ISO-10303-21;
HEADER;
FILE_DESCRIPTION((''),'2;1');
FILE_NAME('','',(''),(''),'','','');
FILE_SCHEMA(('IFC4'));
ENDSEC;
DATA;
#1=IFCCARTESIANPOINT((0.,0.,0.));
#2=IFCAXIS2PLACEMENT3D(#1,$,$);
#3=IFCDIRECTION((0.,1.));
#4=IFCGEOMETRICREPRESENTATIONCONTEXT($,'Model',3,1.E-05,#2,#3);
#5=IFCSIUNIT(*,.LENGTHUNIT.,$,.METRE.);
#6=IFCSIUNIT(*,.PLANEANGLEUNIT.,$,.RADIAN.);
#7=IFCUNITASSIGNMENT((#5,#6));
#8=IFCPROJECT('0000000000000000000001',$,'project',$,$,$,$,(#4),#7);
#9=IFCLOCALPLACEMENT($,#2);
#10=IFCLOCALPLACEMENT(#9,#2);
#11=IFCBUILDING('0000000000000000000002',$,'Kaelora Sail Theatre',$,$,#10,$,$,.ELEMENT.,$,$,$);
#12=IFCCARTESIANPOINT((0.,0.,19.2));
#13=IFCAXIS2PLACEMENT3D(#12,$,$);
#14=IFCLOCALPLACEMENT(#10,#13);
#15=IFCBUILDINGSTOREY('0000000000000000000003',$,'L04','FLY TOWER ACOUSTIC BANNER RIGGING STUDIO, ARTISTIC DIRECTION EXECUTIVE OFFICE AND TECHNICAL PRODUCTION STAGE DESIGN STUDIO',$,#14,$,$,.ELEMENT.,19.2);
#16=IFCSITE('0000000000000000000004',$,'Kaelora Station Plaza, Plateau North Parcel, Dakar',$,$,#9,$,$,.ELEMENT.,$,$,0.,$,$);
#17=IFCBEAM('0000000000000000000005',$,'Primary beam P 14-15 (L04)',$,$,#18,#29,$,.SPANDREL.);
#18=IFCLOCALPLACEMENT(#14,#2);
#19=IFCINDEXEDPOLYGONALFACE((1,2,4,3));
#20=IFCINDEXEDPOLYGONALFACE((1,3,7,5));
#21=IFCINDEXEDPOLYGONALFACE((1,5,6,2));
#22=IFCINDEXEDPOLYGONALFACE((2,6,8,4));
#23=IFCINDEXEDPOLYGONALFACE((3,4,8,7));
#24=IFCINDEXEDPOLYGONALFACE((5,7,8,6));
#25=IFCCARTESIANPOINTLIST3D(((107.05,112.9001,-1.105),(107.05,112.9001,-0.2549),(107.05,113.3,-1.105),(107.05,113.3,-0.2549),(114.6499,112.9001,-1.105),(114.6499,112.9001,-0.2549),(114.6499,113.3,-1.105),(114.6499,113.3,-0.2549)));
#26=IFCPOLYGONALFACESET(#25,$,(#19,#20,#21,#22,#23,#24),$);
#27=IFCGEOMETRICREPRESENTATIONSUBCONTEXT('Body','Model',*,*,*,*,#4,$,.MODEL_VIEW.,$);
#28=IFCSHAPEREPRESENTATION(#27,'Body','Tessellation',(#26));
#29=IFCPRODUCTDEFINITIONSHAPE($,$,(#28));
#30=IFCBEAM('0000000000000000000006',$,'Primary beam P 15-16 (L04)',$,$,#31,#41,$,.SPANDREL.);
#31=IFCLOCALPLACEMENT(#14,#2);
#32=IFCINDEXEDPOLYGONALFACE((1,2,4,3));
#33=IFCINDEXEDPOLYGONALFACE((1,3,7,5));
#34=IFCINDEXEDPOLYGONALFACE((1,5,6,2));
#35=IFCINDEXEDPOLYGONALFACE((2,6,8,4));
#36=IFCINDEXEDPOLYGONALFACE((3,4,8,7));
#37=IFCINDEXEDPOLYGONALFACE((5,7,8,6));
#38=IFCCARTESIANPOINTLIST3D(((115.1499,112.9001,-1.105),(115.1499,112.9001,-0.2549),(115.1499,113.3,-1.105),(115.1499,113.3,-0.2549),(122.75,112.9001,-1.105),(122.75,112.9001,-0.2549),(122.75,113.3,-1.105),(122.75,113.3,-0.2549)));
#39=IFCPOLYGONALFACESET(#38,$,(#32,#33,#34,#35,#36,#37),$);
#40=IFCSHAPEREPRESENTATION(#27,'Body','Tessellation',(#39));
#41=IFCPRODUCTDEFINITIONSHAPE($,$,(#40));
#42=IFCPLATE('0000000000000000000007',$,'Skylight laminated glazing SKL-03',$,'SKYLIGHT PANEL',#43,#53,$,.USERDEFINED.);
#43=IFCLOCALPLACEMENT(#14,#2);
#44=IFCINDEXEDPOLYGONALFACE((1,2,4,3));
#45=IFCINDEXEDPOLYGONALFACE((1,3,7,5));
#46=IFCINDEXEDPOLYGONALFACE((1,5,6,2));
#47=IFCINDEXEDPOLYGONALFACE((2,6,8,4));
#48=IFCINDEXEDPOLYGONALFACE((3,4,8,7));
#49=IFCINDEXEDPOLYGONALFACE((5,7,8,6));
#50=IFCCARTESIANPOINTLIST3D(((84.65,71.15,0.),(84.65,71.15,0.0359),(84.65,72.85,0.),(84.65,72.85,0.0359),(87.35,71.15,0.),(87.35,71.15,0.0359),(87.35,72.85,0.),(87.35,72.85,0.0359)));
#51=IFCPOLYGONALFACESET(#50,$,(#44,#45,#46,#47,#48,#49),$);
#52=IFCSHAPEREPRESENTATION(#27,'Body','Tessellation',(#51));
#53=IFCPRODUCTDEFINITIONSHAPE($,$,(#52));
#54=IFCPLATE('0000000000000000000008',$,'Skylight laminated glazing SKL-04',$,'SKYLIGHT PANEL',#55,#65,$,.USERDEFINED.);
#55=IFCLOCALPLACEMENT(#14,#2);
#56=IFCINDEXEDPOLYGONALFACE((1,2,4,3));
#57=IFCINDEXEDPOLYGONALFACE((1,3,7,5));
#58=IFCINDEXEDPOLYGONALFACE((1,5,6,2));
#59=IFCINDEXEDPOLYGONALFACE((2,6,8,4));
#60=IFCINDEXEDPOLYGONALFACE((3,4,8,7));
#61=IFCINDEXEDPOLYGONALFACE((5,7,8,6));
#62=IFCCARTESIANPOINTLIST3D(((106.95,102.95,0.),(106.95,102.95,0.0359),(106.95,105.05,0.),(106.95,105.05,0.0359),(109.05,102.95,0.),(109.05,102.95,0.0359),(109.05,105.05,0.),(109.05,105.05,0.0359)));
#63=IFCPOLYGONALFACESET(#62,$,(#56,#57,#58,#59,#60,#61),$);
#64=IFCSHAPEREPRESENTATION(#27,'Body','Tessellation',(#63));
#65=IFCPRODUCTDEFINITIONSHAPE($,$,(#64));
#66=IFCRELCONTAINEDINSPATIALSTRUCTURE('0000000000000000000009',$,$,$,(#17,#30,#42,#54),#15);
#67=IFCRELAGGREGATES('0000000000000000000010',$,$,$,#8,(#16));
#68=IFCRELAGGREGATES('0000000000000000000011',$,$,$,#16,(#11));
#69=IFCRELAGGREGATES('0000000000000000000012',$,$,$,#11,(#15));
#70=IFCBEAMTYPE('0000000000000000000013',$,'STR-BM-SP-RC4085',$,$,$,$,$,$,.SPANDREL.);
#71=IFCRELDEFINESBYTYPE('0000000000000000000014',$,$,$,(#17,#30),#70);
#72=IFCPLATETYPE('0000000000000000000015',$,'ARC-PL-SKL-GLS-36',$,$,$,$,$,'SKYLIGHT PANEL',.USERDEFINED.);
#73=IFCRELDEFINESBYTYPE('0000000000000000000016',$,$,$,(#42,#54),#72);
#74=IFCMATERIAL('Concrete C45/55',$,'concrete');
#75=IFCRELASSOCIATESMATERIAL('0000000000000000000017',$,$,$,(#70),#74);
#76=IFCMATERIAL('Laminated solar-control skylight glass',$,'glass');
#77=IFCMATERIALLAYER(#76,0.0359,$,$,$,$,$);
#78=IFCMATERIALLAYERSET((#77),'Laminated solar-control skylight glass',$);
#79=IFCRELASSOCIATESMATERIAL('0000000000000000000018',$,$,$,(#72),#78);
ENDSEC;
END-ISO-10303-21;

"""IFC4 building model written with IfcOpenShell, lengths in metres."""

from ifc_helpers import new_model, si_unit, direction, frame, origin, origin_2d, place, context, subcontext, project, spatial, rectangle, extrude, material, layer, layer_set, material_profile, profile_set, type_object, element, save


model = new_model("IFC4")

# Units and contexts
model_context = context("Model", 3, precision=1e-05, world=origin(), true_north=direction((0.0, 1.0)))
body_context = subcontext(model_context, "Body", "Model", "MODEL_VIEW")
ifc_project = project(units=[si_unit("LENGTHUNIT", "METRE"), si_unit("PLANEANGLEUNIT", "RADIAN")], contexts=[model_context])

# Site, building, storey
site_placement = place(None, origin())
site = spatial("IfcSite", under=ifc_project, at=site_placement, Name="Kaelora Station Plaza, Plateau North Parcel, Dakar", CompositionType="ELEMENT", RefElevation=0.0)
building_placement = place(site_placement, origin())
building = spatial("IfcBuilding", under=site, at=building_placement, Name="Kaelora Sail Theatre", CompositionType="ELEMENT")
storey_placement = place(building_placement, frame((0.0, 0.0, 19.2)))
storey = spatial("IfcBuildingStorey", under=building, at=storey_placement, Name="L04", Description="FLY TOWER ACOUSTIC BANNER RIGGING STUDIO, ARTISTIC DIRECTION EXECUTIVE OFFICE AND TECHNICAL PRODUCTION STAGE DESIGN STUDIO", CompositionType="ELEMENT", Elevation=19.2)

# Beams
ifc_material_1 = material(Name="Concrete C45/55", Category="concrete")
ifc_material_profile_1 = material_profile(ifc_material_1, rectangle(XDim=0.3999, YDim=0.8501, at=origin_2d()), Name="RC-SPN 400x850")
ifc_profile_set_1 = profile_set([ifc_material_profile_1], Name="Concrete C45/55")
beam_type_1 = type_object("IfcBeamType", Name="STR-BM-SP-RC4085", PredefinedType="SPANDREL", material=ifc_profile_set_1)
beam_1_placement = place(storey_placement, frame((107.05, 113.1001, -0.6799), z_axis=(1.0, 0.0, 0.0), x_axis=(0.0, 1.0, 0.0)))
element("IfcBeam", 1, at=beam_1_placement, inside=storey, type_object=beam_type_1, Name="Primary beam P 14-15 (L04)", PredefinedType="SPANDREL", context=body_context, shape_type="SweptSolid", body=[
    extrude(rectangle(XDim=0.3999, YDim=0.8501, at=origin_2d()), origin(), (0.0, 0.0, 1.0), 7.5999),
])
beam_2_placement = place(storey_placement, frame((115.1499, 113.1001, -0.6799), z_axis=(1.0, 0.0, 0.0), x_axis=(0.0, 1.0, 0.0)))
element("IfcBeam", 2, at=beam_2_placement, inside=storey, type_object=beam_type_1, Name="Primary beam P 15-16 (L04)", PredefinedType="SPANDREL", context=body_context, shape_type="SweptSolid", body=[
    extrude(rectangle(XDim=0.3999, YDim=0.8501, at=origin_2d()), origin(), (0.0, 0.0, 1.0), 7.6001),
])

# Plates
ifc_material_2 = material(Name="Laminated solar-control skylight glass", Category="glass")
ifc_layer = layer(ifc_material_2, 0.0359)
ifc_layer_set = layer_set([ifc_layer], Name="Laminated solar-control skylight glass")
plate_type = type_object("IfcPlateType", Name="ARC-PL-SKL-GLS-36", ElementType="SKYLIGHT PANEL", PredefinedType="USERDEFINED", material=ifc_layer_set)
plate_1_placement = place(storey_placement, frame((86.0, 72.0, 0.0), z_axis=(0.0, 0.0, 1.0), x_axis=(1.0, 0.0, 0.0)))
element("IfcPlate", 3, at=plate_1_placement, inside=storey, type_object=plate_type, Name="Skylight laminated glazing SKL-03", ObjectType="SKYLIGHT PANEL", PredefinedType="USERDEFINED", context=body_context, shape_type="SweptSolid", body=[
    extrude(rectangle(XDim=2.7, YDim=1.7, at=origin_2d()), origin(), (0.0, 0.0, 1.0), 0.0359),
])
plate_2_placement = place(storey_placement, frame((108.0, 104.0, 0.0), z_axis=(0.0, 0.0, 1.0), x_axis=(1.0, 0.0, 0.0)))
element("IfcPlate", 4, at=plate_2_placement, inside=storey, type_object=plate_type, Name="Skylight laminated glazing SKL-04", ObjectType="SKYLIGHT PANEL", PredefinedType="USERDEFINED", context=body_context, shape_type="SweptSolid", body=[
    extrude(rectangle(XDim=2.1001, YDim=2.1001, at=origin_2d()), origin(), (0.0, 0.0, 1.0), 0.0359),
])

save(model, "model.ifc")
